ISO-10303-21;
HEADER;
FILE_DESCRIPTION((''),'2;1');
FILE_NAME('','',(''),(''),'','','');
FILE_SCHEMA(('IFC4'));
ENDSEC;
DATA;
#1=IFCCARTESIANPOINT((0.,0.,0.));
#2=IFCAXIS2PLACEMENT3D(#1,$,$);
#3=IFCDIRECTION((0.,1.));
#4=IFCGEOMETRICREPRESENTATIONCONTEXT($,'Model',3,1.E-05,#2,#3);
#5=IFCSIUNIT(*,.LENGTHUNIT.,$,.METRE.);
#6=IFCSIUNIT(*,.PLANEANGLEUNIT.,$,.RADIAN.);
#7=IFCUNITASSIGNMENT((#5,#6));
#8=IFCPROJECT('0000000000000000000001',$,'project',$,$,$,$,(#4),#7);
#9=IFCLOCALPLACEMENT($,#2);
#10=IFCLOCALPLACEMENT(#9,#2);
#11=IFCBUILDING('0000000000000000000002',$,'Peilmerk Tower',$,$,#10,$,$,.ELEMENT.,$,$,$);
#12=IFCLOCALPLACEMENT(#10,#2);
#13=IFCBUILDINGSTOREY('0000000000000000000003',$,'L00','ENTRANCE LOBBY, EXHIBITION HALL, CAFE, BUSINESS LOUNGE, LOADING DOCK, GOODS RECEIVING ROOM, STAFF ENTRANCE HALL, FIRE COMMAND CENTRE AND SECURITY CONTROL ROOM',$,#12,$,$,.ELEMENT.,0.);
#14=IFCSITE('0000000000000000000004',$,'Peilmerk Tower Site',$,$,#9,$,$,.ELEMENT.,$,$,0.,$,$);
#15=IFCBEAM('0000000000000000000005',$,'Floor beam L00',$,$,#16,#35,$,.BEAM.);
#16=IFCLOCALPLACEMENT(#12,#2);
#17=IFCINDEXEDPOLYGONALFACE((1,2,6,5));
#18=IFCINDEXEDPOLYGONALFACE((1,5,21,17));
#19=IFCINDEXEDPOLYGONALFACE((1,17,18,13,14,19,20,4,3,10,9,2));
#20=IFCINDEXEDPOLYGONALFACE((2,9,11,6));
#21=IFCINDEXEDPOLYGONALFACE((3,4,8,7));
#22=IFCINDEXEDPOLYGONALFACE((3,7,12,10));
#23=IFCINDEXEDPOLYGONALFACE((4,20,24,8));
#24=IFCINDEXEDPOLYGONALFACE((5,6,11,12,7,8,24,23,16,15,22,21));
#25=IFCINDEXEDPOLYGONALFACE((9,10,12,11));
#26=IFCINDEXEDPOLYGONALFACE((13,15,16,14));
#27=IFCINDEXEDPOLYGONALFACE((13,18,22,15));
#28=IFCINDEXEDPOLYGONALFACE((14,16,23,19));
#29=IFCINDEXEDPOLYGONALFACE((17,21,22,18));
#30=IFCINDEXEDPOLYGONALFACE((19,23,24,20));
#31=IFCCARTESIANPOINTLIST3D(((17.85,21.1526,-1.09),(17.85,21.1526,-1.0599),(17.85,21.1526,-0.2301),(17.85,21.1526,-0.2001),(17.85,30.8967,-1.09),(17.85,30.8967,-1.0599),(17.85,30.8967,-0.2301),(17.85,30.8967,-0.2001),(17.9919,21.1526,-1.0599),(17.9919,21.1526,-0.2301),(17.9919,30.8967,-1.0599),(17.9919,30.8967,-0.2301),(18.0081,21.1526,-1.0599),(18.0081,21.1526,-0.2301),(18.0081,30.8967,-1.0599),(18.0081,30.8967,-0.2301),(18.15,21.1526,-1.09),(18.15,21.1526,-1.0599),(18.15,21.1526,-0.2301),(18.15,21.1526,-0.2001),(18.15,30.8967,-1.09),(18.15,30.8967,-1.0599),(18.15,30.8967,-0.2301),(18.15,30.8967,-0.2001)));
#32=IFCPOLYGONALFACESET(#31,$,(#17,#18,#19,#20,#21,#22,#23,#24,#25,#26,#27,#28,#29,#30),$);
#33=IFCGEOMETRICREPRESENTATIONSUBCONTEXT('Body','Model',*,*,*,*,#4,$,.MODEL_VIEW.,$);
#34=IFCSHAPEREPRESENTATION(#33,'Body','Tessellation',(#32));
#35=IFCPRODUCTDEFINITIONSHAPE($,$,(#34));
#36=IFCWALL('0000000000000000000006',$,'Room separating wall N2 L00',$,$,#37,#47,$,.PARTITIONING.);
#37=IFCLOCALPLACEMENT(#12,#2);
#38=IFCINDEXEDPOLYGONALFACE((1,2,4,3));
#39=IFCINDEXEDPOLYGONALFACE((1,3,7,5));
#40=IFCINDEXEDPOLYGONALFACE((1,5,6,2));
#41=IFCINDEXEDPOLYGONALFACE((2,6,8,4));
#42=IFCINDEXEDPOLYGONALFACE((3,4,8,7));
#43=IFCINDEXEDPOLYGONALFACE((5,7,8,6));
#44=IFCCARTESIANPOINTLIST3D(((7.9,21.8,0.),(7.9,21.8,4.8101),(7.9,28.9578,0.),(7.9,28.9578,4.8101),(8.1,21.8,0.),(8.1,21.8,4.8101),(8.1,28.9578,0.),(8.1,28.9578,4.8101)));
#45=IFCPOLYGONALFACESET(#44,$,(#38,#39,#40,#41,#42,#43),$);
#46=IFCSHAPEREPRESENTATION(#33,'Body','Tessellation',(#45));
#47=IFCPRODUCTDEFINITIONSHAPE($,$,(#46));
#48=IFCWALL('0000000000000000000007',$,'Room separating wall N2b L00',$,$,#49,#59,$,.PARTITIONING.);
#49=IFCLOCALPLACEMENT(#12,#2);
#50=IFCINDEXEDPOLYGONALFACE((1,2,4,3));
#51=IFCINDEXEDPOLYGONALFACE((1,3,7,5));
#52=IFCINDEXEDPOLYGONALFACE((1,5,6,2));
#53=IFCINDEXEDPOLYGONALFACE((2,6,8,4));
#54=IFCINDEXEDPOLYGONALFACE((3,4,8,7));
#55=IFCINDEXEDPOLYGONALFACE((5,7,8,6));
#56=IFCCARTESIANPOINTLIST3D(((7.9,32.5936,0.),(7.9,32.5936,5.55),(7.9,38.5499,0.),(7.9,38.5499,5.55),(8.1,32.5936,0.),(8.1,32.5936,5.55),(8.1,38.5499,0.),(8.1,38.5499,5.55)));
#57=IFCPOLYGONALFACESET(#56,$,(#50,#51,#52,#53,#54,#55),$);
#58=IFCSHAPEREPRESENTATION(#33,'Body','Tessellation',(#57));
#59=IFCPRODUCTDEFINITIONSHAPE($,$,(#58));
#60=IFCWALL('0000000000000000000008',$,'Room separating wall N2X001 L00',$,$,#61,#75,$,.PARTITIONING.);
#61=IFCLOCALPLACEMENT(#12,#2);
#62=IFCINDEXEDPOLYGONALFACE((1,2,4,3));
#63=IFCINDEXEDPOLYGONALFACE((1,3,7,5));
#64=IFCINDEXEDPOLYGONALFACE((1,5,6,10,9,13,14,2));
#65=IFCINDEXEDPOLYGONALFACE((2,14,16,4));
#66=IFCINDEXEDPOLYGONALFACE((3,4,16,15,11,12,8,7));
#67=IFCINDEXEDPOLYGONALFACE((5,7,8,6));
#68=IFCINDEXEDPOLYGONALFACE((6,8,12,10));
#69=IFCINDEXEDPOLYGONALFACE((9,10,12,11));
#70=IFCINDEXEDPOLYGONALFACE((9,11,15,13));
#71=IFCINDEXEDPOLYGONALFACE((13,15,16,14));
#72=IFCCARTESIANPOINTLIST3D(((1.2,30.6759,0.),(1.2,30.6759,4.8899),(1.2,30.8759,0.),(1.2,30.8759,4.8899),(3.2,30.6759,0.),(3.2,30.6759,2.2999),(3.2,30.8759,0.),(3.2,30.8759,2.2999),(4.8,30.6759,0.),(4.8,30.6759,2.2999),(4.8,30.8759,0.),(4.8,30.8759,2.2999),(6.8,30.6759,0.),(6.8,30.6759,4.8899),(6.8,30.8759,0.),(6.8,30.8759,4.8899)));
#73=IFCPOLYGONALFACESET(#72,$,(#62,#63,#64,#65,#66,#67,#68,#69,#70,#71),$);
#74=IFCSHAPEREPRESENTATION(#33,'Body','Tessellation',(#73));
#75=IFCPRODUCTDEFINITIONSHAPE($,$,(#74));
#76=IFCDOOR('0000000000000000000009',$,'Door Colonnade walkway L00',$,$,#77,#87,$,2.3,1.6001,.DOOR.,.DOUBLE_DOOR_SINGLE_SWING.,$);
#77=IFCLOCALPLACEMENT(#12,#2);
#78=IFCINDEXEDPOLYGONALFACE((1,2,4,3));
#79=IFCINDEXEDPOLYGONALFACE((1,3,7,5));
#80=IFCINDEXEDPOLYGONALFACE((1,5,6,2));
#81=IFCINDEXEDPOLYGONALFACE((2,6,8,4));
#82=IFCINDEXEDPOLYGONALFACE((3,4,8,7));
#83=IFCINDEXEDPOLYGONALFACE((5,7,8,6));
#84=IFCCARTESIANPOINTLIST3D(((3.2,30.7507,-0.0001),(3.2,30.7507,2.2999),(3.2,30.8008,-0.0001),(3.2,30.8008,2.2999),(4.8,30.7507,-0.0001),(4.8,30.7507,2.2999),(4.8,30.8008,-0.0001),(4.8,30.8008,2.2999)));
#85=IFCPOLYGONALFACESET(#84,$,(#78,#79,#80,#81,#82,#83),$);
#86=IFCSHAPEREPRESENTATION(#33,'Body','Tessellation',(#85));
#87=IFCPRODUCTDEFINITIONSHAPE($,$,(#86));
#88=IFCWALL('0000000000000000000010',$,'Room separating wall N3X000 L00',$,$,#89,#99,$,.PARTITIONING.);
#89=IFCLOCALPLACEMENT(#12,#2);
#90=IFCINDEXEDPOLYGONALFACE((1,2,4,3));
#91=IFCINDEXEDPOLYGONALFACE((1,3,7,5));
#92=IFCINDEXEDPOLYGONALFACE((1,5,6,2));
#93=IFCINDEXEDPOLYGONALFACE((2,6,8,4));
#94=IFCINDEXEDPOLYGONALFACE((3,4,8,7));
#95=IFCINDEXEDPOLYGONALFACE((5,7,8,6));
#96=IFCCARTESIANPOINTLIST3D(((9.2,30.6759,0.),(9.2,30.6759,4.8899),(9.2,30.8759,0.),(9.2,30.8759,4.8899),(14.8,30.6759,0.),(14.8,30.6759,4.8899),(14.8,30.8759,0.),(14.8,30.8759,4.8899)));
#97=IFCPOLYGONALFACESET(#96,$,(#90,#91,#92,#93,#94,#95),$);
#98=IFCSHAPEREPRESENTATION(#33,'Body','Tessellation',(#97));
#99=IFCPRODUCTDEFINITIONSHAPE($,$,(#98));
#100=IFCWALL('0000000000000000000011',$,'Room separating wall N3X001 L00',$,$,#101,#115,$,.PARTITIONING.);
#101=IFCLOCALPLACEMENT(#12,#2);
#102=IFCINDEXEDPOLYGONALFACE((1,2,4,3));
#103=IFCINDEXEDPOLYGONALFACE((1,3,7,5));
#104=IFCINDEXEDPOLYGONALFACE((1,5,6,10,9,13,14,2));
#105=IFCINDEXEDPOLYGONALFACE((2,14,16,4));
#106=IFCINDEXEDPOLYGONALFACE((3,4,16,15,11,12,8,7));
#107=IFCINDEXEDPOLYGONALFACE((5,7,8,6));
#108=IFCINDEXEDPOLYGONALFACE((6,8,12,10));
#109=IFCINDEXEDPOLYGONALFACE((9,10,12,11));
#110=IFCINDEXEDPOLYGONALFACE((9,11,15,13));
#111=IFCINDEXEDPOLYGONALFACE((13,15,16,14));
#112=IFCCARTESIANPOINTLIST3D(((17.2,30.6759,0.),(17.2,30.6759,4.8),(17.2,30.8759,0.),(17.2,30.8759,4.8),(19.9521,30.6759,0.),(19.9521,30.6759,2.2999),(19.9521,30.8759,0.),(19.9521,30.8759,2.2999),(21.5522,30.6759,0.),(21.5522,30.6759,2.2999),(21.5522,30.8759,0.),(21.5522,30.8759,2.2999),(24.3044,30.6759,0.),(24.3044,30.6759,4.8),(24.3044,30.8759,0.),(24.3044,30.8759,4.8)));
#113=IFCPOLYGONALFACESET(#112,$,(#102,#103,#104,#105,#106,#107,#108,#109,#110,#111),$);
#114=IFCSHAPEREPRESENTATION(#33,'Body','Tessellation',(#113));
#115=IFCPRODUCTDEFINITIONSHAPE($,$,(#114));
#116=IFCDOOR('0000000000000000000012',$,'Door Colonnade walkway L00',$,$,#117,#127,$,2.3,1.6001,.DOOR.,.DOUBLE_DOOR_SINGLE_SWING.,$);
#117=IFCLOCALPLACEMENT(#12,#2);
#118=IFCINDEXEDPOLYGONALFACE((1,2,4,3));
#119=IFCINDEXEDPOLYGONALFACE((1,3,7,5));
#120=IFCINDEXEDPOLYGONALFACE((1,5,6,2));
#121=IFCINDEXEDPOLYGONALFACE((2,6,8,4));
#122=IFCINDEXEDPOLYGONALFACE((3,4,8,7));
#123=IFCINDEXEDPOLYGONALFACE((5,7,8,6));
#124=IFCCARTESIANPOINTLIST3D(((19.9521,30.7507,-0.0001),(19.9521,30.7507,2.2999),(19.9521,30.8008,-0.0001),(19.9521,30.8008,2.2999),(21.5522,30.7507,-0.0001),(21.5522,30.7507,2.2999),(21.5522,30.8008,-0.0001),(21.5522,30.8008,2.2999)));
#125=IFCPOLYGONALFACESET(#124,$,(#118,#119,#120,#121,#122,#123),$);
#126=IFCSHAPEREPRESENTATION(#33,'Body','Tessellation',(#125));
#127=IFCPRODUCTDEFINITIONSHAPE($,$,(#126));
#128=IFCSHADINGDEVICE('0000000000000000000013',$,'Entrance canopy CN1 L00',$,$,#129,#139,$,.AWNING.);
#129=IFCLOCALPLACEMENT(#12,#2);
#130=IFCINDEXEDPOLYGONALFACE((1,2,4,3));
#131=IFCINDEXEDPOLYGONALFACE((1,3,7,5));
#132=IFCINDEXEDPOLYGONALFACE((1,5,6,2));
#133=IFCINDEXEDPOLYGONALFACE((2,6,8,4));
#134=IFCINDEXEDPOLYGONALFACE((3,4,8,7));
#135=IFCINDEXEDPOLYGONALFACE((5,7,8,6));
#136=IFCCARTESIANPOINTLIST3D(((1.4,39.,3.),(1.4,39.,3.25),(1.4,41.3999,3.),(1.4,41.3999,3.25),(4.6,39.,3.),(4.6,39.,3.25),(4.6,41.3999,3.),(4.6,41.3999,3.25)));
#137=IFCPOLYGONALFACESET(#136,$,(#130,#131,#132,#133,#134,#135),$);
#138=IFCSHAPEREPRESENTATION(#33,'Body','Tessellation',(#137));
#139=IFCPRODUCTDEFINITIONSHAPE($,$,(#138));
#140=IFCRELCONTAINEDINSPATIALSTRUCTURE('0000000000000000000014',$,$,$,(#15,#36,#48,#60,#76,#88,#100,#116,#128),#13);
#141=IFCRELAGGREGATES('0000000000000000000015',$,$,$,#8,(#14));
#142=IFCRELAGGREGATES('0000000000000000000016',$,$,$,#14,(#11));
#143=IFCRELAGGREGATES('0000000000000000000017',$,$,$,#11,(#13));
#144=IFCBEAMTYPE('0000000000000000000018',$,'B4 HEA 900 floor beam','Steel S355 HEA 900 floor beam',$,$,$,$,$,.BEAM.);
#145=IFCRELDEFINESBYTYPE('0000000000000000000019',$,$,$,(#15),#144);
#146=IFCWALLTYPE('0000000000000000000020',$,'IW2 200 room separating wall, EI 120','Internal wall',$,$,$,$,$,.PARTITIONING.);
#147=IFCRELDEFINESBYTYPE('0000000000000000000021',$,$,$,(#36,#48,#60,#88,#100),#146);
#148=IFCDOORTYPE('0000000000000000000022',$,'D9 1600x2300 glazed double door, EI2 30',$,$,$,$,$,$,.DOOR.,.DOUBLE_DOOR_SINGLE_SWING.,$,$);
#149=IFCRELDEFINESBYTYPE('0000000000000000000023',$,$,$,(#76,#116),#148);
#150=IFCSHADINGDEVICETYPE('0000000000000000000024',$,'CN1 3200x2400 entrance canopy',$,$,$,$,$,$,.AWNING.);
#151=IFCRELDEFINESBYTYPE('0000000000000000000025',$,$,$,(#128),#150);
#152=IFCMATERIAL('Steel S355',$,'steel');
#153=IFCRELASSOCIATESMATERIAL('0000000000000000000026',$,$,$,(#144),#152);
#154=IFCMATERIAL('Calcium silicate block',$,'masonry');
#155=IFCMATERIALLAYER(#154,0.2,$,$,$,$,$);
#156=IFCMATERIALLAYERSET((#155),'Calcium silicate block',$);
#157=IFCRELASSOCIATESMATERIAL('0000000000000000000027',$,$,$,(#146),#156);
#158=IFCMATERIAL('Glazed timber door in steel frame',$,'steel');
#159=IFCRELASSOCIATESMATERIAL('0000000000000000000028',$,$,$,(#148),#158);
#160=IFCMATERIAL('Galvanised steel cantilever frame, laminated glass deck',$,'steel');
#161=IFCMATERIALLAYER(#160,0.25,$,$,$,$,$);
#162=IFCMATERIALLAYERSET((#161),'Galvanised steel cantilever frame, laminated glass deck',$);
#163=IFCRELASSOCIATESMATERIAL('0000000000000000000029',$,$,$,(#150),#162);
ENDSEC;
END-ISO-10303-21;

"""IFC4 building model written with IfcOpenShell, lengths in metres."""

from ifc_helpers import new_model, si_unit, direction, frame, frame_2d, origin, origin_2d, place, context, subcontext, project, spatial, rectangle, i_section, extrude, material, layer, layer_set, material_profile, profile_set, type_object, element, fill, save


model = new_model("IFC4")

# Units and contexts
model_context = context("Model", 3, precision=1e-05, world=origin(), true_north=direction((0.0, 1.0)))
body_context = subcontext(model_context, "Body", "Model", "MODEL_VIEW")
ifc_project = project(units=[si_unit("LENGTHUNIT", "METRE"), si_unit("PLANEANGLEUNIT", "RADIAN")], contexts=[model_context])

# Site, building, storey
site_placement = place(None, origin())
site = spatial("IfcSite", under=ifc_project, at=site_placement, Name="Peilmerk Tower Site", CompositionType="ELEMENT", RefElevation=0.0)
building_placement = place(site_placement, origin())
building = spatial("IfcBuilding", under=site, at=building_placement, Name="Peilmerk Tower", CompositionType="ELEMENT")
storey_placement = place(building_placement, origin())
storey = spatial("IfcBuildingStorey", under=building, at=storey_placement, Name="L00", Description="ENTRANCE LOBBY, EXHIBITION HALL, CAFE, BUSINESS LOUNGE, LOADING DOCK, GOODS RECEIVING ROOM, STAFF ENTRANCE HALL, FIRE COMMAND CENTRE AND SECURITY CONTROL ROOM", CompositionType="ELEMENT", Elevation=0.0)

# Beam
ifc_material_1 = material(Name="Steel S355", Category="steel")
ifc_material_profile_1 = material_profile(ifc_material_1, i_section(OverallWidth=0.3, OverallDepth=0.8899, WebThickness=0.0161, FlangeThickness=0.03, at=origin_2d()), Name="HEA 900")
ifc_profile_set_1 = profile_set([ifc_material_profile_1], Name="Steel S355")
beam_type_1 = type_object("IfcBeamType", Name="B4 HEA 900 floor beam", Description="Steel S355 HEA 900 floor beam", PredefinedType="BEAM", material=ifc_profile_set_1)
for number, where, z_axis, x_axis, name in (
    (1, (18.0, 21.1526, -0.645), (0.0, 1.0, 0.0), (-1.0, 0.0, 0.0), "Floor beam L00"),
):
    element("IfcBeam", number, at=place(storey_placement, frame(where, z_axis=z_axis, x_axis=x_axis)), inside=storey, type_object=beam_type_1, Name=name, PredefinedType="BEAM", context=body_context, shape_type="SweptSolid", body=[
        extrude(i_section(OverallWidth=0.3, OverallDepth=0.8899, WebThickness=0.0161, FlangeThickness=0.03, at=origin_2d()), origin(), (0.0, 0.0, 1.0), 9.7441),
    ])

# Walls
ifc_material_2 = material(Name="Calcium silicate block", Category="masonry")
ifc_layer_1 = layer(ifc_material_2, 0.2)
ifc_layer_set_1 = layer_set([ifc_layer_1], Name="Calcium silicate block")
wall_type = type_object("IfcWallType", Name="IW2 200 room separating wall, EI 120", Description="Internal wall", PredefinedType="PARTITIONING", material=ifc_layer_set_1)
wall_1_placement = place(storey_placement, frame((8.0, 21.8, 0.0), z_axis=(0.0, 0.0, 1.0), x_axis=(0.0, 1.0, 0.0)))
element("IfcWall", 2, at=wall_1_placement, inside=storey, type_object=wall_type, Name="Room separating wall N2 L00", PredefinedType="PARTITIONING", context=body_context, shape_type="SweptSolid", body=[
    extrude(rectangle(XDim=7.1577, YDim=0.2, at=frame_2d((3.5789, 0.0))), origin(), (0.0, 0.0, 1.0), 4.8101),
])
wall_2_placement = place(storey_placement, frame((8.0, 32.5938, 0.0), z_axis=(0.0, 0.0, 1.0), x_axis=(0.0, 1.0, 0.0)))
element("IfcWall", 3, at=wall_2_placement, inside=storey, type_object=wall_type, Name="Room separating wall N2b L00", PredefinedType="PARTITIONING", context=body_context, shape_type="SweptSolid", body=[
    extrude(rectangle(XDim=5.9563, YDim=0.2, at=frame_2d((2.978, 0.0))), origin(), (0.0, 0.0, 1.0), 5.55),
])

# Wall, opening, door
wall_3_placement = place(storey_placement, frame((1.2, 30.7759, 0.0), z_axis=(0.0, 0.0, 1.0), x_axis=(1.0, 0.0, 0.0)))
wall_3 = element("IfcWall", 4, at=wall_3_placement, inside=storey, type_object=wall_type, Name="Room separating wall N2X001 L00", PredefinedType="PARTITIONING", context=body_context, shape_type="SweptSolid", body=[
    extrude(rectangle(XDim=5.6001, YDim=0.2, at=frame_2d((2.8, 0.0))), origin(), (0.0, 0.0, 1.0), 4.8899),
])
opening_1_placement = place(wall_3_placement, frame((2.0, 0.0, 0.0)))
opening_1 = element("IfcOpeningElement", 5, at=opening_1_placement, cuts=wall_3, PredefinedType="OPENING", context=body_context, shape_type="SweptSolid", body=[
    extrude(rectangle(XDim=1.6001, YDim=2.3, at=frame_2d((0.8, 1.1499))), frame((0.0, 0.1099, 0.0), z_axis=(0.0, -1.0, 0.0), x_axis=(1.0, 0.0, 0.0)), (0.0, 0.0, 1.0), 0.22),
])
ifc_material_3 = material(Name="Glazed timber door in steel frame", Category="steel")
door_type = type_object("IfcDoorType", Name="D9 1600x2300 glazed double door, EI2 30", OperationType="DOUBLE_DOOR_SINGLE_SWING", PredefinedType="DOOR", material=ifc_material_3)
door_1_placement = place(opening_1_placement, origin())
door_1 = element("IfcDoor", 6, at=door_1_placement, inside=storey, type_object=door_type, Name="Door Colonnade walkway L00", OperationType="DOUBLE_DOOR_SINGLE_SWING", OverallHeight=2.3, OverallWidth=1.6001, PredefinedType="DOOR", context=body_context, shape_type="SweptSolid", body=[
    extrude(rectangle(XDim=1.6001, YDim=2.3, at=frame_2d((0.8, 1.1499))), frame((0.0, 0.0249, 0.0), z_axis=(0.0, -1.0, 0.0), x_axis=(1.0, 0.0, 0.0)), (0.0, 0.0, 1.0), 0.05),
])
fill(opening_1, door_1)

# Wall
wall_4_placement = place(storey_placement, frame((9.2, 30.7759, 0.0), z_axis=(0.0, 0.0, 1.0), x_axis=(1.0, 0.0, 0.0)))
element("IfcWall", 7, at=wall_4_placement, inside=storey, type_object=wall_type, Name="Room separating wall N3X000 L00", PredefinedType="PARTITIONING", context=body_context, shape_type="SweptSolid", body=[
    extrude(rectangle(XDim=5.6001, YDim=0.2, at=frame_2d((2.8, 0.0))), origin(), (0.0, 0.0, 1.0), 4.8899),
])

# Wall, opening, door
wall_5_placement = place(storey_placement, frame((17.2, 30.7759, 0.0), z_axis=(0.0, 0.0, 1.0), x_axis=(1.0, 0.0, 0.0)))
wall_5 = element("IfcWall", 8, at=wall_5_placement, inside=storey, type_object=wall_type, Name="Room separating wall N3X001 L00", PredefinedType="PARTITIONING", context=body_context, shape_type="SweptSolid", body=[
    extrude(rectangle(XDim=7.1045, YDim=0.2, at=frame_2d((3.5522, 0.0))), origin(), (0.0, 0.0, 1.0), 4.8),
])
opening_2_placement = place(wall_5_placement, frame((2.7522, 0.0, 0.0)))
opening_2 = element("IfcOpeningElement", 9, at=opening_2_placement, cuts=wall_5, PredefinedType="OPENING", context=body_context, shape_type="SweptSolid", body=[
    extrude(rectangle(XDim=1.6001, YDim=2.3, at=frame_2d((0.8, 1.1499))), frame((0.0, 0.1099, 0.0), z_axis=(0.0, -1.0, 0.0), x_axis=(1.0, 0.0, 0.0)), (0.0, 0.0, 1.0), 0.22),
])
door_2_placement = place(opening_2_placement, origin())
door_2 = element("IfcDoor", 10, at=door_2_placement, inside=storey, type_object=door_type, Name="Door Colonnade walkway L00", OperationType="DOUBLE_DOOR_SINGLE_SWING", OverallHeight=2.3, OverallWidth=1.6001, PredefinedType="DOOR", context=body_context, shape_type="SweptSolid", body=[
    extrude(rectangle(XDim=1.6001, YDim=2.3, at=frame_2d((0.8, 1.1499))), frame((0.0, 0.0249, 0.0), z_axis=(0.0, -1.0, 0.0), x_axis=(1.0, 0.0, 0.0)), (0.0, 0.0, 1.0), 0.05),
])
fill(opening_2, door_2)

# Shading device
ifc_material_4 = material(Name="Galvanised steel cantilever frame, laminated glass deck", Category="steel")
ifc_layer_2 = layer(ifc_material_4, 0.25)
ifc_layer_set_2 = layer_set([ifc_layer_2], Name="Galvanised steel cantilever frame, laminated glass deck")
shading_device_type = type_object("IfcShadingDeviceType", Name="CN1 3200x2400 entrance canopy", PredefinedType="AWNING", material=ifc_layer_set_2)
shading_device_placement = place(storey_placement, frame((3.0, 40.2, 3.0), z_axis=(0.0, 0.0, 1.0), x_axis=(1.0, 0.0, 0.0)))
element("IfcShadingDevice", 11, at=shading_device_placement, inside=storey, type_object=shading_device_type, Name="Entrance canopy CN1 L00", PredefinedType="AWNING", context=body_context, shape_type="SweptSolid", body=[
    extrude(rectangle(XDim=3.2, YDim=2.3999, at=origin_2d()), origin(), (0.0, 0.0, 1.0), 0.25),
])

save(model, "model.ifc")
